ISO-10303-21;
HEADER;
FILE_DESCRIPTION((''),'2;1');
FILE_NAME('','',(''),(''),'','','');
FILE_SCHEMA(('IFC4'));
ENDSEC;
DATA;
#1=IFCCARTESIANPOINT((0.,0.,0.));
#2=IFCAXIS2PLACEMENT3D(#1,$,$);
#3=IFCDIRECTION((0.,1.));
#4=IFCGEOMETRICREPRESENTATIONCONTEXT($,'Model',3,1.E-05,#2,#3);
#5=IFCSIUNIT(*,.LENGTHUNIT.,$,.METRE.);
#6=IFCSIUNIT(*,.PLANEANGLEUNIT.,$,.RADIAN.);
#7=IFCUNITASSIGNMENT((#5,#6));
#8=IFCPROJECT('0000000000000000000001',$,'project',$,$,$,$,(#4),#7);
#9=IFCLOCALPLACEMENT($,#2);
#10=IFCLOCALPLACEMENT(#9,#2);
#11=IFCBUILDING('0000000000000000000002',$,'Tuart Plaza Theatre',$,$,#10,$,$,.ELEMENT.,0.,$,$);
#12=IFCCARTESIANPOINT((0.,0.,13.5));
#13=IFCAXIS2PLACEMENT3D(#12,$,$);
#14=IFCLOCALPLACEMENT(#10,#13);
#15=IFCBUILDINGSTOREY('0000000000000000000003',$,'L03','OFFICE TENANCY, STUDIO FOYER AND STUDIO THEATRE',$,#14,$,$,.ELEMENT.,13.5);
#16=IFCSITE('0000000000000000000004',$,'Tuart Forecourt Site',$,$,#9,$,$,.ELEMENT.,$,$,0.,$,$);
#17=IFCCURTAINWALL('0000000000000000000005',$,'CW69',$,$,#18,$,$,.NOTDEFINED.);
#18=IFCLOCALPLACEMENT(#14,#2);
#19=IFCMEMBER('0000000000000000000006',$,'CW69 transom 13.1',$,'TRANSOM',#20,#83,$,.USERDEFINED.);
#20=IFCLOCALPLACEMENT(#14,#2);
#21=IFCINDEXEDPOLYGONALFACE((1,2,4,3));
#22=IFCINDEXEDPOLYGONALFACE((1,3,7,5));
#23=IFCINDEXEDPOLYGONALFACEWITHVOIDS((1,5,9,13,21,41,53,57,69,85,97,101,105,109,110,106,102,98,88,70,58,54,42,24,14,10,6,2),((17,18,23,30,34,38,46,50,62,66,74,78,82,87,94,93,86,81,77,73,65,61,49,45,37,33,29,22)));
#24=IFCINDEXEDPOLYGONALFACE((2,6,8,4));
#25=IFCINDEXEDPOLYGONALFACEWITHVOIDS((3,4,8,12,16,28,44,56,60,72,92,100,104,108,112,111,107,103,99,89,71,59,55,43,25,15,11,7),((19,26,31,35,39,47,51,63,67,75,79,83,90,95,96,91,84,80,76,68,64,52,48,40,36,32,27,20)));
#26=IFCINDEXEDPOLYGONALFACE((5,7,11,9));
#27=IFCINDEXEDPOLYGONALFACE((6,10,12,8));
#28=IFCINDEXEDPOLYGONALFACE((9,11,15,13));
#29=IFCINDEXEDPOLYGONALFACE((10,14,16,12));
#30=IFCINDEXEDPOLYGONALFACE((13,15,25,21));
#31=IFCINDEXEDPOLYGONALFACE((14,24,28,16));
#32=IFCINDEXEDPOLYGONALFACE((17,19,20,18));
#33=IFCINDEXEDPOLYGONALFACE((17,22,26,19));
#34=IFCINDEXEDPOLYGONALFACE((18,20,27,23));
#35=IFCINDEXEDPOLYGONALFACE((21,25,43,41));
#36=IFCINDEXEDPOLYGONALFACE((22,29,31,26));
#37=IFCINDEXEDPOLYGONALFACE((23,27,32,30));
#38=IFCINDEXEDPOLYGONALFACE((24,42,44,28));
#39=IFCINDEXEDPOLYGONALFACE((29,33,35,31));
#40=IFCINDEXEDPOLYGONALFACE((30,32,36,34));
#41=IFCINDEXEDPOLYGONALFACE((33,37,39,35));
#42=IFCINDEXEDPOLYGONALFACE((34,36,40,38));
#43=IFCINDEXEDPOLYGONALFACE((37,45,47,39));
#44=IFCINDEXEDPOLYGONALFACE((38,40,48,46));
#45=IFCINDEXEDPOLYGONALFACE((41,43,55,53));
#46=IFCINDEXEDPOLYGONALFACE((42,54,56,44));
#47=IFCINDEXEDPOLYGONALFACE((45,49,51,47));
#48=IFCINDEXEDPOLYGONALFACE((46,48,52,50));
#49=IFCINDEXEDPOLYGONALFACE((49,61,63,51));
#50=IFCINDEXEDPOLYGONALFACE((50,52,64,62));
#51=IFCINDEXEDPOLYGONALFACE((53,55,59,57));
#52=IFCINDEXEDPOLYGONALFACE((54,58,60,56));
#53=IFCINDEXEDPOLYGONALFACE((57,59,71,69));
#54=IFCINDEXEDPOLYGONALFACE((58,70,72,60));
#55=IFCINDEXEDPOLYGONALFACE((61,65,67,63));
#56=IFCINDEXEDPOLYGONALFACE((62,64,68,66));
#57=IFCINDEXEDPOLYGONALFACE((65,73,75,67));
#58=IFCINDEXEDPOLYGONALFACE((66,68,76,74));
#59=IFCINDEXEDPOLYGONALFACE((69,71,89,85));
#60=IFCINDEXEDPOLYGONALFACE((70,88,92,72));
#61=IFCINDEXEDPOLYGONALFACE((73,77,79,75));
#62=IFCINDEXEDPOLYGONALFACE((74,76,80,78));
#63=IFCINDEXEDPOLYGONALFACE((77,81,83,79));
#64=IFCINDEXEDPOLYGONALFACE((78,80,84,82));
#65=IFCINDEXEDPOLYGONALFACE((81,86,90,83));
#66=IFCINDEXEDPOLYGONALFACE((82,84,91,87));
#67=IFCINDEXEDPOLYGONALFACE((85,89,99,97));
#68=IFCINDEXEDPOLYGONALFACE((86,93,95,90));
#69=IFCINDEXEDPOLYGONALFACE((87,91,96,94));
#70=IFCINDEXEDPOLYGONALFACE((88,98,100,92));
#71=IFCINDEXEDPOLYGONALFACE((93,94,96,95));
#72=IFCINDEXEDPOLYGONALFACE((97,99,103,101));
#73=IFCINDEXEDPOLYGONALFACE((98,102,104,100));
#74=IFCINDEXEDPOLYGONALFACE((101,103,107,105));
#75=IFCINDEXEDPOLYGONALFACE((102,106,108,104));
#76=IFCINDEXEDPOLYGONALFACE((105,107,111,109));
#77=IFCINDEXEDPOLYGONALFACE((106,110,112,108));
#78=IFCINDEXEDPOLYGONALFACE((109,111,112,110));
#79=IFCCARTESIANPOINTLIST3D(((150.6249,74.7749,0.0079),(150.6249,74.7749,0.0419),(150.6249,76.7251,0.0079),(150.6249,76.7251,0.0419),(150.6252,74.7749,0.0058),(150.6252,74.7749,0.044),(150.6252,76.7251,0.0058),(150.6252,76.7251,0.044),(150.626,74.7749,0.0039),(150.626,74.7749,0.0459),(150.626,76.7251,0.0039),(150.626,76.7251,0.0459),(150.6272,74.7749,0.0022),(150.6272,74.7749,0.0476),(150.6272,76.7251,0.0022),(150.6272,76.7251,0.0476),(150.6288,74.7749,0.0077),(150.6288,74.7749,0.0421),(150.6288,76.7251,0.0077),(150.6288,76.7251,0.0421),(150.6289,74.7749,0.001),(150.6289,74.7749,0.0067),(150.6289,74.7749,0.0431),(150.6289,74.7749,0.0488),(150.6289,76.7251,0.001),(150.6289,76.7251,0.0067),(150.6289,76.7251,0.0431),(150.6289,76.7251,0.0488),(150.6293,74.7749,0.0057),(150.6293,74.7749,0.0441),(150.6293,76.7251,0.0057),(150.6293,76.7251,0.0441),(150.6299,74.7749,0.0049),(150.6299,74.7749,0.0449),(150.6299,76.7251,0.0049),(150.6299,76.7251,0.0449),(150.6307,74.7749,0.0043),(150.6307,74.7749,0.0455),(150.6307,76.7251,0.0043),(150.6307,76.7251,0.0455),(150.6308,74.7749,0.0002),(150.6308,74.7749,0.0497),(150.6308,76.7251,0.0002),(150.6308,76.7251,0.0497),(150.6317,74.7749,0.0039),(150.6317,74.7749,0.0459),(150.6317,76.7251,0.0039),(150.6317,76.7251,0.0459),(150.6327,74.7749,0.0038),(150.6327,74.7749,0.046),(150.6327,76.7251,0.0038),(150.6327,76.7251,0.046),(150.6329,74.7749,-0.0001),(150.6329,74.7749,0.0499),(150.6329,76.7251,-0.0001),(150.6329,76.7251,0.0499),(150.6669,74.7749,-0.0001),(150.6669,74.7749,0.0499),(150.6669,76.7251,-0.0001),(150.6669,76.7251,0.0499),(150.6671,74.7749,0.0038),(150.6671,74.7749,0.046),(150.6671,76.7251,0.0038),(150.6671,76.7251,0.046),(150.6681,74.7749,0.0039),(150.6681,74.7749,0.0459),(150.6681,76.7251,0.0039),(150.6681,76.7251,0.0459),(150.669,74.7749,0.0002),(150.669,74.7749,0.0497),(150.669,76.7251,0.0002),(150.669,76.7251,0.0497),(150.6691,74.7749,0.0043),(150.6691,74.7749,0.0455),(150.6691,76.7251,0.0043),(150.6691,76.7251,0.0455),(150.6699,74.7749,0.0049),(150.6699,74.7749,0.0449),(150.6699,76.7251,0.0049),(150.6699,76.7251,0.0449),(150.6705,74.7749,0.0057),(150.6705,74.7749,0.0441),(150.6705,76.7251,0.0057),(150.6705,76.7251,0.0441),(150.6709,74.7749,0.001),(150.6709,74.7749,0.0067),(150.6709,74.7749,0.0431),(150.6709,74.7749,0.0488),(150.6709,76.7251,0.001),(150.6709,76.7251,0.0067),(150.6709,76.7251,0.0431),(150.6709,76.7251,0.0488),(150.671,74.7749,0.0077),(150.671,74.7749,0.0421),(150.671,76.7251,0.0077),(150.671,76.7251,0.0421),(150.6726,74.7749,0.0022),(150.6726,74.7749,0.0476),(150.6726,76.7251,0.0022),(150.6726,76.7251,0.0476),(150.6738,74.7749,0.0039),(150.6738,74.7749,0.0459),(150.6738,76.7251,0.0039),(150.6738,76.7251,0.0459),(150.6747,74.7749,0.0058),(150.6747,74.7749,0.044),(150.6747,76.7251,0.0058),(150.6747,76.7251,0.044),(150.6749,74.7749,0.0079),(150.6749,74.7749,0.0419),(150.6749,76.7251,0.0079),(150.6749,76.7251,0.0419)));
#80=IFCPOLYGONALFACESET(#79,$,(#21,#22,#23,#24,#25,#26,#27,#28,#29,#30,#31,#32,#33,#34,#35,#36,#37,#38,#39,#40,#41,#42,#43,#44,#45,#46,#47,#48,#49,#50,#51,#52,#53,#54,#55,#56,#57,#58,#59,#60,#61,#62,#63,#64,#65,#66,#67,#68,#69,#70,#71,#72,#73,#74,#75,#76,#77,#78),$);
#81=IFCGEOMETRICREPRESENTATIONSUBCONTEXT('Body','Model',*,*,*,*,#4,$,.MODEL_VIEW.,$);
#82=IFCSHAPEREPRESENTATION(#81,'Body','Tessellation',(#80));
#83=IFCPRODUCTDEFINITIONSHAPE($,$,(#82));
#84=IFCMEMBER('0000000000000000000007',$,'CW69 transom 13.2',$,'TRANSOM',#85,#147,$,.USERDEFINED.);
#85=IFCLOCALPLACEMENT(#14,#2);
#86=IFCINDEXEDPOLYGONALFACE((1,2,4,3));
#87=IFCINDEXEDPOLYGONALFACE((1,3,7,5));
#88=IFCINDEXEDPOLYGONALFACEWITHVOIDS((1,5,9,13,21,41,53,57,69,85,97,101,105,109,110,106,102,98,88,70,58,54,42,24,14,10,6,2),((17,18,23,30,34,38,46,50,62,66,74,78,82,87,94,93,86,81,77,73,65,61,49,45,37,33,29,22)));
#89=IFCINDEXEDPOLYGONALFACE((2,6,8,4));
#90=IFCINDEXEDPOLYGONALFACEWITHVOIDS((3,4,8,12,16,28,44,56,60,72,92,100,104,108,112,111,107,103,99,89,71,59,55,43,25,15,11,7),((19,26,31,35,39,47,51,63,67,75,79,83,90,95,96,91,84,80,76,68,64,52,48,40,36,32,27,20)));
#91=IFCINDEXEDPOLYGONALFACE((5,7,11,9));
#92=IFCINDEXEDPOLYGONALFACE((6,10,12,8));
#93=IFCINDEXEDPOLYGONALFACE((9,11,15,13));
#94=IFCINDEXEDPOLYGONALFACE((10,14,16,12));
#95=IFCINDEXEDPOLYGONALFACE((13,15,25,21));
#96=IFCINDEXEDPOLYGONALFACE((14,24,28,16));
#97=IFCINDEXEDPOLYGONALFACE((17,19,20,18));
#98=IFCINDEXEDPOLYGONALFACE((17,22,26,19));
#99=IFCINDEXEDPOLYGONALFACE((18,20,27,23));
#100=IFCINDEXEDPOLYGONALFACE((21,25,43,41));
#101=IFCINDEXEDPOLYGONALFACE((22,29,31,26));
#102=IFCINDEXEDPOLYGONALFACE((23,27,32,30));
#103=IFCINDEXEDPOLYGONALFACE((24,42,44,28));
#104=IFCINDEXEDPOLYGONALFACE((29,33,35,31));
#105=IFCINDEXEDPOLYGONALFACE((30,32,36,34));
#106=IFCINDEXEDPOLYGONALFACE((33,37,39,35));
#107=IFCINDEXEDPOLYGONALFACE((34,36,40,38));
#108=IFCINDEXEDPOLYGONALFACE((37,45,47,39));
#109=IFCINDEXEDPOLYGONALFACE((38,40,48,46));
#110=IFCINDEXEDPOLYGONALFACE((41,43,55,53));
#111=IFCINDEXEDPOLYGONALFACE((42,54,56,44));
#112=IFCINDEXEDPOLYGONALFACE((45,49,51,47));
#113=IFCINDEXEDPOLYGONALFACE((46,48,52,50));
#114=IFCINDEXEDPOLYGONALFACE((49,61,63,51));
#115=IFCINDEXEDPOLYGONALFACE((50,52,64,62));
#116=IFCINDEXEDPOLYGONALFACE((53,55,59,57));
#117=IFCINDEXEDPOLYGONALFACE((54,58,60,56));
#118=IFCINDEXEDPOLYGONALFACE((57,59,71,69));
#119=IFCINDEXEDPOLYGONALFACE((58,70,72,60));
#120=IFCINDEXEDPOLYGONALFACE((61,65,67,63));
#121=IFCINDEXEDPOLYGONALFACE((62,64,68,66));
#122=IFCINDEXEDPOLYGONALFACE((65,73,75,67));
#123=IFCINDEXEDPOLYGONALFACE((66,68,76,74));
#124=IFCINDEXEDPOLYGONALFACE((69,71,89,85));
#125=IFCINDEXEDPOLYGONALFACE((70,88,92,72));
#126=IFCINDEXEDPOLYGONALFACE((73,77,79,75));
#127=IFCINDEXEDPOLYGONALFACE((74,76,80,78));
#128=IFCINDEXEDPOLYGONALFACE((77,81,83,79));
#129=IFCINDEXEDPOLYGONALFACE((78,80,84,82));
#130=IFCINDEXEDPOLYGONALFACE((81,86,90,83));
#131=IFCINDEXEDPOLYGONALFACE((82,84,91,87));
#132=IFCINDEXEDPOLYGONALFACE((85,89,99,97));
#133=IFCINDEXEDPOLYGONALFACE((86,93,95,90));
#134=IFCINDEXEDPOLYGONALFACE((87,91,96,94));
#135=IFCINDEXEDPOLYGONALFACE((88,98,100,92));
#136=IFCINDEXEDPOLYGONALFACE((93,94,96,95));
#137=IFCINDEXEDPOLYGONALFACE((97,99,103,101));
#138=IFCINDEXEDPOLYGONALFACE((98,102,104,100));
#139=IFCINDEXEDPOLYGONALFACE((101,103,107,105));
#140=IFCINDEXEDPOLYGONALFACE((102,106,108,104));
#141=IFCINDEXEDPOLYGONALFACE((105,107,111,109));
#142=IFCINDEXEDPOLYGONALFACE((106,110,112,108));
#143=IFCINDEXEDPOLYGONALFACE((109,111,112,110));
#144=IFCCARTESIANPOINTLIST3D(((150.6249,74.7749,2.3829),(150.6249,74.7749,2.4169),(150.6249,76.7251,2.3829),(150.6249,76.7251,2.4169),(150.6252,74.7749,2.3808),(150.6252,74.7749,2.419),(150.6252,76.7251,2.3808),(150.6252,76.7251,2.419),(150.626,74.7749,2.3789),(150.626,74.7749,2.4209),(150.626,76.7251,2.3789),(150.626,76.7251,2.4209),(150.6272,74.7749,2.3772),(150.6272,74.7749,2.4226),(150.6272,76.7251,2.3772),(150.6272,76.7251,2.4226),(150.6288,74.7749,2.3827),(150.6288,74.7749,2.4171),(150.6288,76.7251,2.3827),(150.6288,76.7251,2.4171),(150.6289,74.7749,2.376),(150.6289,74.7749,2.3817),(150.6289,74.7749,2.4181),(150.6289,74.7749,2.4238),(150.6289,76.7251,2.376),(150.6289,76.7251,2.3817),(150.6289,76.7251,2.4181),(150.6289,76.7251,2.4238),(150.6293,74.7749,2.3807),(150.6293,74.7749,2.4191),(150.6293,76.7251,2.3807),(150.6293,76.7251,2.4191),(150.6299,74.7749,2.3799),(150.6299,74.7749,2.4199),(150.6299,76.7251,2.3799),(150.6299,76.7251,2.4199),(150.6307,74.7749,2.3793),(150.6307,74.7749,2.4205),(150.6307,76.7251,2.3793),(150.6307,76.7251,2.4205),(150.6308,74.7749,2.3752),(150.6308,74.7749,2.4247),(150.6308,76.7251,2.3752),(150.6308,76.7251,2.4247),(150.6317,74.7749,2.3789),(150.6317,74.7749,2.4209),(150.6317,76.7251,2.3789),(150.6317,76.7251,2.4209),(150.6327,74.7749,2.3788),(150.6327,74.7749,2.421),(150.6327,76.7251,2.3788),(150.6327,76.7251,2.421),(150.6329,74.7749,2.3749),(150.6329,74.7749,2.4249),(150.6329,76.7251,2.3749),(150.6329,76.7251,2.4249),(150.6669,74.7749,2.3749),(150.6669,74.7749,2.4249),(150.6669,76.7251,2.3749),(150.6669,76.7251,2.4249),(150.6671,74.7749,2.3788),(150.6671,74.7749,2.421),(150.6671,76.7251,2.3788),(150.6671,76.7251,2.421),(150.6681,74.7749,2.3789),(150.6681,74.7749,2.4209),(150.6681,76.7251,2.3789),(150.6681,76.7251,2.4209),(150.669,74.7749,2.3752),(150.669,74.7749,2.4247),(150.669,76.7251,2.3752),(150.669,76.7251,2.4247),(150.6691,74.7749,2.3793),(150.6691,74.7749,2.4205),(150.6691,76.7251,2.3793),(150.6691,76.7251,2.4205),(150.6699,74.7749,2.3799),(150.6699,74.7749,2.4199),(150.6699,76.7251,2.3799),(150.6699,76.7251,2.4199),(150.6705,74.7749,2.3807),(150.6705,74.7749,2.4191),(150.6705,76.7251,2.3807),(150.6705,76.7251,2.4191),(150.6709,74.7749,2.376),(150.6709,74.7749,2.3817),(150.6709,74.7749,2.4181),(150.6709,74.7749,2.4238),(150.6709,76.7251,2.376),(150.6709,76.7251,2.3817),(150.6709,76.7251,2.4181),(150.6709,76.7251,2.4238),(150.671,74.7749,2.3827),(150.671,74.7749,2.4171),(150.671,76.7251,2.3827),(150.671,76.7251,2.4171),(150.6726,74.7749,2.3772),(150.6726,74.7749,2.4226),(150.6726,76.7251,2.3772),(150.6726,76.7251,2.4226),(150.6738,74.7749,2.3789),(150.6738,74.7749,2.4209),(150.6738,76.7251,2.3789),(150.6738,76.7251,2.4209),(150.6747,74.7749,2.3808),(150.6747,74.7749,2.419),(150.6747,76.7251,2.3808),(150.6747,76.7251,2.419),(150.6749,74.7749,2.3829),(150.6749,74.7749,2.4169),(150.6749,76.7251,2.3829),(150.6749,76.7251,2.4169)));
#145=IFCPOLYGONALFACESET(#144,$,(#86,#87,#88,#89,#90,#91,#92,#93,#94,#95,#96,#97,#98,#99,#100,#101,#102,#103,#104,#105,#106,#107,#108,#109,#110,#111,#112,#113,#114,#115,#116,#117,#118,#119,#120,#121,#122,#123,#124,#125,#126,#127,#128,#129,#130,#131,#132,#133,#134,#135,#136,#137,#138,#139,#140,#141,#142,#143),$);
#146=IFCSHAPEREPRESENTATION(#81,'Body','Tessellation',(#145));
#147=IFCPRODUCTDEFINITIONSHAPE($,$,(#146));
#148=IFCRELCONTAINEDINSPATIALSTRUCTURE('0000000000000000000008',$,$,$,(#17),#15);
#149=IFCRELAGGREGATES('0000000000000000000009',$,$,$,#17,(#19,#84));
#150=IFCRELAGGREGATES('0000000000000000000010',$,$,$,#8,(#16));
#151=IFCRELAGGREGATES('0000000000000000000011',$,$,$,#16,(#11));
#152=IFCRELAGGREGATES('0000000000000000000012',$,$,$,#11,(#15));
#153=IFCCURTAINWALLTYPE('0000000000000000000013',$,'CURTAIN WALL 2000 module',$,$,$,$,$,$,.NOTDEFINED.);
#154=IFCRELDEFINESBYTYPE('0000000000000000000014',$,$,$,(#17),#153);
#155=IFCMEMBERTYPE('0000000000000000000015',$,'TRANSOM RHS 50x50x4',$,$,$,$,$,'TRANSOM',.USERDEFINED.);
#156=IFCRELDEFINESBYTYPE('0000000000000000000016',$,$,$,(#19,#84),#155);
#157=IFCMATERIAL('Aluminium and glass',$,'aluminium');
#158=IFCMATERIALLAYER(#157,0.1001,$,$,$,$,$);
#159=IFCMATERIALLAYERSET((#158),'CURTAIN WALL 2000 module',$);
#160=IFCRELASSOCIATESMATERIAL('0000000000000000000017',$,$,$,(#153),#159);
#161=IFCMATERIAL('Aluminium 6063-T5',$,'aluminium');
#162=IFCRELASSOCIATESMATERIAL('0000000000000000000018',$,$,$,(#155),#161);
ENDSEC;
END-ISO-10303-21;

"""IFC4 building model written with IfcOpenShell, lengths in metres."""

from ifc_helpers import new_model, si_unit, direction, frame, origin, origin_2d, place, context, subcontext, project, spatial, hollow_rectangle, extrude, material, layer, layer_set, material_profile, profile_set, type_object, element, aggregate, save


model = new_model("IFC4")

# Units and contexts
model_context = context("Model", 3, precision=1e-05, world=origin(), true_north=direction((0.0, 1.0)))
body_context = subcontext(model_context, "Body", "Model", "MODEL_VIEW")
ifc_project = project(units=[si_unit("LENGTHUNIT", "METRE"), si_unit("PLANEANGLEUNIT", "RADIAN")], contexts=[model_context])

# Site, building, storey
site_placement = place(None, origin())
site = spatial("IfcSite", under=ifc_project, at=site_placement, Name="Tuart Forecourt Site", CompositionType="ELEMENT", RefElevation=0.0)
building_placement = place(site_placement, origin())
building = spatial("IfcBuilding", under=site, at=building_placement, Name="Tuart Plaza Theatre", CompositionType="ELEMENT", ElevationOfRefHeight=0.0)
storey_placement = place(building_placement, frame((0.0, 0.0, 13.5)))
storey = spatial("IfcBuildingStorey", under=building, at=storey_placement, Name="L03", Description="OFFICE TENANCY, STUDIO FOYER AND STUDIO THEATRE", CompositionType="ELEMENT", Elevation=13.5)

# Curtain wall, members
ifc_material_1 = material(Name="Aluminium and glass", Category="aluminium")
ifc_layer_1 = layer(ifc_material_1, 0.1001)
ifc_layer_set_1 = layer_set([ifc_layer_1], Name="CURTAIN WALL 2000 module")
curtain_wall_type = type_object("IfcCurtainWallType", Name="CURTAIN WALL 2000 module", PredefinedType="NOTDEFINED", material=ifc_layer_set_1)
curtain_wall_placement = place(storey_placement, origin())
curtain_wall = element("IfcCurtainWall", 1, at=curtain_wall_placement, inside=storey, type_object=curtain_wall_type, Name="CW69", PredefinedType="NOTDEFINED")
ifc_material_2 = material(Name="Aluminium 6063-T5", Category="aluminium")
ifc_material_profile_1 = material_profile(ifc_material_2, hollow_rectangle(XDim=0.05, YDim=0.05, WallThickness=0.0039, InnerFilletRadius=0.0039, OuterFilletRadius=0.0081, at=origin_2d()), Name="RHS 50x50x4")
ifc_profile_set_1 = profile_set([ifc_material_profile_1], Name="Aluminium 6063-T5")
member_type_1 = type_object("IfcMemberType", Name="TRANSOM RHS 50x50x4", ElementType="TRANSOM", PredefinedType="USERDEFINED", material=ifc_profile_set_1)
member_1_placement = place(storey_placement, frame((150.6499, 74.7749, 0.0249), z_axis=(0.0, 1.0, 0.0), x_axis=(-1.0, 0.0, 0.0)))
member_1 = element("IfcMember", 2, at=member_1_placement, type_object=member_type_1, Name="CW69 transom 13.1", ObjectType="TRANSOM", PredefinedType="USERDEFINED", context=body_context, shape_type="SweptSolid", body=[
    extrude(hollow_rectangle(XDim=0.05, YDim=0.05, WallThickness=0.0039, InnerFilletRadius=0.0039, OuterFilletRadius=0.0081, at=origin_2d()), origin(), (0.0, 0.0, 1.0), 1.9502),
])
member_2_placement = place(storey_placement, frame((150.6499, 74.7749, 2.3999), z_axis=(0.0, 1.0, 0.0), x_axis=(-1.0, 0.0, 0.0)))
member_2 = element("IfcMember", 3, at=member_2_placement, type_object=member_type_1, Name="CW69 transom 13.2", ObjectType="TRANSOM", PredefinedType="USERDEFINED", context=body_context, shape_type="SweptSolid", body=[
    extrude(hollow_rectangle(XDim=0.05, YDim=0.05, WallThickness=0.0039, InnerFilletRadius=0.0039, OuterFilletRadius=0.0081, at=origin_2d()), origin(), (0.0, 0.0, 1.0), 1.9502),
])
aggregate(curtain_wall, [member_1, member_2])

save(model, "model.ifc")
